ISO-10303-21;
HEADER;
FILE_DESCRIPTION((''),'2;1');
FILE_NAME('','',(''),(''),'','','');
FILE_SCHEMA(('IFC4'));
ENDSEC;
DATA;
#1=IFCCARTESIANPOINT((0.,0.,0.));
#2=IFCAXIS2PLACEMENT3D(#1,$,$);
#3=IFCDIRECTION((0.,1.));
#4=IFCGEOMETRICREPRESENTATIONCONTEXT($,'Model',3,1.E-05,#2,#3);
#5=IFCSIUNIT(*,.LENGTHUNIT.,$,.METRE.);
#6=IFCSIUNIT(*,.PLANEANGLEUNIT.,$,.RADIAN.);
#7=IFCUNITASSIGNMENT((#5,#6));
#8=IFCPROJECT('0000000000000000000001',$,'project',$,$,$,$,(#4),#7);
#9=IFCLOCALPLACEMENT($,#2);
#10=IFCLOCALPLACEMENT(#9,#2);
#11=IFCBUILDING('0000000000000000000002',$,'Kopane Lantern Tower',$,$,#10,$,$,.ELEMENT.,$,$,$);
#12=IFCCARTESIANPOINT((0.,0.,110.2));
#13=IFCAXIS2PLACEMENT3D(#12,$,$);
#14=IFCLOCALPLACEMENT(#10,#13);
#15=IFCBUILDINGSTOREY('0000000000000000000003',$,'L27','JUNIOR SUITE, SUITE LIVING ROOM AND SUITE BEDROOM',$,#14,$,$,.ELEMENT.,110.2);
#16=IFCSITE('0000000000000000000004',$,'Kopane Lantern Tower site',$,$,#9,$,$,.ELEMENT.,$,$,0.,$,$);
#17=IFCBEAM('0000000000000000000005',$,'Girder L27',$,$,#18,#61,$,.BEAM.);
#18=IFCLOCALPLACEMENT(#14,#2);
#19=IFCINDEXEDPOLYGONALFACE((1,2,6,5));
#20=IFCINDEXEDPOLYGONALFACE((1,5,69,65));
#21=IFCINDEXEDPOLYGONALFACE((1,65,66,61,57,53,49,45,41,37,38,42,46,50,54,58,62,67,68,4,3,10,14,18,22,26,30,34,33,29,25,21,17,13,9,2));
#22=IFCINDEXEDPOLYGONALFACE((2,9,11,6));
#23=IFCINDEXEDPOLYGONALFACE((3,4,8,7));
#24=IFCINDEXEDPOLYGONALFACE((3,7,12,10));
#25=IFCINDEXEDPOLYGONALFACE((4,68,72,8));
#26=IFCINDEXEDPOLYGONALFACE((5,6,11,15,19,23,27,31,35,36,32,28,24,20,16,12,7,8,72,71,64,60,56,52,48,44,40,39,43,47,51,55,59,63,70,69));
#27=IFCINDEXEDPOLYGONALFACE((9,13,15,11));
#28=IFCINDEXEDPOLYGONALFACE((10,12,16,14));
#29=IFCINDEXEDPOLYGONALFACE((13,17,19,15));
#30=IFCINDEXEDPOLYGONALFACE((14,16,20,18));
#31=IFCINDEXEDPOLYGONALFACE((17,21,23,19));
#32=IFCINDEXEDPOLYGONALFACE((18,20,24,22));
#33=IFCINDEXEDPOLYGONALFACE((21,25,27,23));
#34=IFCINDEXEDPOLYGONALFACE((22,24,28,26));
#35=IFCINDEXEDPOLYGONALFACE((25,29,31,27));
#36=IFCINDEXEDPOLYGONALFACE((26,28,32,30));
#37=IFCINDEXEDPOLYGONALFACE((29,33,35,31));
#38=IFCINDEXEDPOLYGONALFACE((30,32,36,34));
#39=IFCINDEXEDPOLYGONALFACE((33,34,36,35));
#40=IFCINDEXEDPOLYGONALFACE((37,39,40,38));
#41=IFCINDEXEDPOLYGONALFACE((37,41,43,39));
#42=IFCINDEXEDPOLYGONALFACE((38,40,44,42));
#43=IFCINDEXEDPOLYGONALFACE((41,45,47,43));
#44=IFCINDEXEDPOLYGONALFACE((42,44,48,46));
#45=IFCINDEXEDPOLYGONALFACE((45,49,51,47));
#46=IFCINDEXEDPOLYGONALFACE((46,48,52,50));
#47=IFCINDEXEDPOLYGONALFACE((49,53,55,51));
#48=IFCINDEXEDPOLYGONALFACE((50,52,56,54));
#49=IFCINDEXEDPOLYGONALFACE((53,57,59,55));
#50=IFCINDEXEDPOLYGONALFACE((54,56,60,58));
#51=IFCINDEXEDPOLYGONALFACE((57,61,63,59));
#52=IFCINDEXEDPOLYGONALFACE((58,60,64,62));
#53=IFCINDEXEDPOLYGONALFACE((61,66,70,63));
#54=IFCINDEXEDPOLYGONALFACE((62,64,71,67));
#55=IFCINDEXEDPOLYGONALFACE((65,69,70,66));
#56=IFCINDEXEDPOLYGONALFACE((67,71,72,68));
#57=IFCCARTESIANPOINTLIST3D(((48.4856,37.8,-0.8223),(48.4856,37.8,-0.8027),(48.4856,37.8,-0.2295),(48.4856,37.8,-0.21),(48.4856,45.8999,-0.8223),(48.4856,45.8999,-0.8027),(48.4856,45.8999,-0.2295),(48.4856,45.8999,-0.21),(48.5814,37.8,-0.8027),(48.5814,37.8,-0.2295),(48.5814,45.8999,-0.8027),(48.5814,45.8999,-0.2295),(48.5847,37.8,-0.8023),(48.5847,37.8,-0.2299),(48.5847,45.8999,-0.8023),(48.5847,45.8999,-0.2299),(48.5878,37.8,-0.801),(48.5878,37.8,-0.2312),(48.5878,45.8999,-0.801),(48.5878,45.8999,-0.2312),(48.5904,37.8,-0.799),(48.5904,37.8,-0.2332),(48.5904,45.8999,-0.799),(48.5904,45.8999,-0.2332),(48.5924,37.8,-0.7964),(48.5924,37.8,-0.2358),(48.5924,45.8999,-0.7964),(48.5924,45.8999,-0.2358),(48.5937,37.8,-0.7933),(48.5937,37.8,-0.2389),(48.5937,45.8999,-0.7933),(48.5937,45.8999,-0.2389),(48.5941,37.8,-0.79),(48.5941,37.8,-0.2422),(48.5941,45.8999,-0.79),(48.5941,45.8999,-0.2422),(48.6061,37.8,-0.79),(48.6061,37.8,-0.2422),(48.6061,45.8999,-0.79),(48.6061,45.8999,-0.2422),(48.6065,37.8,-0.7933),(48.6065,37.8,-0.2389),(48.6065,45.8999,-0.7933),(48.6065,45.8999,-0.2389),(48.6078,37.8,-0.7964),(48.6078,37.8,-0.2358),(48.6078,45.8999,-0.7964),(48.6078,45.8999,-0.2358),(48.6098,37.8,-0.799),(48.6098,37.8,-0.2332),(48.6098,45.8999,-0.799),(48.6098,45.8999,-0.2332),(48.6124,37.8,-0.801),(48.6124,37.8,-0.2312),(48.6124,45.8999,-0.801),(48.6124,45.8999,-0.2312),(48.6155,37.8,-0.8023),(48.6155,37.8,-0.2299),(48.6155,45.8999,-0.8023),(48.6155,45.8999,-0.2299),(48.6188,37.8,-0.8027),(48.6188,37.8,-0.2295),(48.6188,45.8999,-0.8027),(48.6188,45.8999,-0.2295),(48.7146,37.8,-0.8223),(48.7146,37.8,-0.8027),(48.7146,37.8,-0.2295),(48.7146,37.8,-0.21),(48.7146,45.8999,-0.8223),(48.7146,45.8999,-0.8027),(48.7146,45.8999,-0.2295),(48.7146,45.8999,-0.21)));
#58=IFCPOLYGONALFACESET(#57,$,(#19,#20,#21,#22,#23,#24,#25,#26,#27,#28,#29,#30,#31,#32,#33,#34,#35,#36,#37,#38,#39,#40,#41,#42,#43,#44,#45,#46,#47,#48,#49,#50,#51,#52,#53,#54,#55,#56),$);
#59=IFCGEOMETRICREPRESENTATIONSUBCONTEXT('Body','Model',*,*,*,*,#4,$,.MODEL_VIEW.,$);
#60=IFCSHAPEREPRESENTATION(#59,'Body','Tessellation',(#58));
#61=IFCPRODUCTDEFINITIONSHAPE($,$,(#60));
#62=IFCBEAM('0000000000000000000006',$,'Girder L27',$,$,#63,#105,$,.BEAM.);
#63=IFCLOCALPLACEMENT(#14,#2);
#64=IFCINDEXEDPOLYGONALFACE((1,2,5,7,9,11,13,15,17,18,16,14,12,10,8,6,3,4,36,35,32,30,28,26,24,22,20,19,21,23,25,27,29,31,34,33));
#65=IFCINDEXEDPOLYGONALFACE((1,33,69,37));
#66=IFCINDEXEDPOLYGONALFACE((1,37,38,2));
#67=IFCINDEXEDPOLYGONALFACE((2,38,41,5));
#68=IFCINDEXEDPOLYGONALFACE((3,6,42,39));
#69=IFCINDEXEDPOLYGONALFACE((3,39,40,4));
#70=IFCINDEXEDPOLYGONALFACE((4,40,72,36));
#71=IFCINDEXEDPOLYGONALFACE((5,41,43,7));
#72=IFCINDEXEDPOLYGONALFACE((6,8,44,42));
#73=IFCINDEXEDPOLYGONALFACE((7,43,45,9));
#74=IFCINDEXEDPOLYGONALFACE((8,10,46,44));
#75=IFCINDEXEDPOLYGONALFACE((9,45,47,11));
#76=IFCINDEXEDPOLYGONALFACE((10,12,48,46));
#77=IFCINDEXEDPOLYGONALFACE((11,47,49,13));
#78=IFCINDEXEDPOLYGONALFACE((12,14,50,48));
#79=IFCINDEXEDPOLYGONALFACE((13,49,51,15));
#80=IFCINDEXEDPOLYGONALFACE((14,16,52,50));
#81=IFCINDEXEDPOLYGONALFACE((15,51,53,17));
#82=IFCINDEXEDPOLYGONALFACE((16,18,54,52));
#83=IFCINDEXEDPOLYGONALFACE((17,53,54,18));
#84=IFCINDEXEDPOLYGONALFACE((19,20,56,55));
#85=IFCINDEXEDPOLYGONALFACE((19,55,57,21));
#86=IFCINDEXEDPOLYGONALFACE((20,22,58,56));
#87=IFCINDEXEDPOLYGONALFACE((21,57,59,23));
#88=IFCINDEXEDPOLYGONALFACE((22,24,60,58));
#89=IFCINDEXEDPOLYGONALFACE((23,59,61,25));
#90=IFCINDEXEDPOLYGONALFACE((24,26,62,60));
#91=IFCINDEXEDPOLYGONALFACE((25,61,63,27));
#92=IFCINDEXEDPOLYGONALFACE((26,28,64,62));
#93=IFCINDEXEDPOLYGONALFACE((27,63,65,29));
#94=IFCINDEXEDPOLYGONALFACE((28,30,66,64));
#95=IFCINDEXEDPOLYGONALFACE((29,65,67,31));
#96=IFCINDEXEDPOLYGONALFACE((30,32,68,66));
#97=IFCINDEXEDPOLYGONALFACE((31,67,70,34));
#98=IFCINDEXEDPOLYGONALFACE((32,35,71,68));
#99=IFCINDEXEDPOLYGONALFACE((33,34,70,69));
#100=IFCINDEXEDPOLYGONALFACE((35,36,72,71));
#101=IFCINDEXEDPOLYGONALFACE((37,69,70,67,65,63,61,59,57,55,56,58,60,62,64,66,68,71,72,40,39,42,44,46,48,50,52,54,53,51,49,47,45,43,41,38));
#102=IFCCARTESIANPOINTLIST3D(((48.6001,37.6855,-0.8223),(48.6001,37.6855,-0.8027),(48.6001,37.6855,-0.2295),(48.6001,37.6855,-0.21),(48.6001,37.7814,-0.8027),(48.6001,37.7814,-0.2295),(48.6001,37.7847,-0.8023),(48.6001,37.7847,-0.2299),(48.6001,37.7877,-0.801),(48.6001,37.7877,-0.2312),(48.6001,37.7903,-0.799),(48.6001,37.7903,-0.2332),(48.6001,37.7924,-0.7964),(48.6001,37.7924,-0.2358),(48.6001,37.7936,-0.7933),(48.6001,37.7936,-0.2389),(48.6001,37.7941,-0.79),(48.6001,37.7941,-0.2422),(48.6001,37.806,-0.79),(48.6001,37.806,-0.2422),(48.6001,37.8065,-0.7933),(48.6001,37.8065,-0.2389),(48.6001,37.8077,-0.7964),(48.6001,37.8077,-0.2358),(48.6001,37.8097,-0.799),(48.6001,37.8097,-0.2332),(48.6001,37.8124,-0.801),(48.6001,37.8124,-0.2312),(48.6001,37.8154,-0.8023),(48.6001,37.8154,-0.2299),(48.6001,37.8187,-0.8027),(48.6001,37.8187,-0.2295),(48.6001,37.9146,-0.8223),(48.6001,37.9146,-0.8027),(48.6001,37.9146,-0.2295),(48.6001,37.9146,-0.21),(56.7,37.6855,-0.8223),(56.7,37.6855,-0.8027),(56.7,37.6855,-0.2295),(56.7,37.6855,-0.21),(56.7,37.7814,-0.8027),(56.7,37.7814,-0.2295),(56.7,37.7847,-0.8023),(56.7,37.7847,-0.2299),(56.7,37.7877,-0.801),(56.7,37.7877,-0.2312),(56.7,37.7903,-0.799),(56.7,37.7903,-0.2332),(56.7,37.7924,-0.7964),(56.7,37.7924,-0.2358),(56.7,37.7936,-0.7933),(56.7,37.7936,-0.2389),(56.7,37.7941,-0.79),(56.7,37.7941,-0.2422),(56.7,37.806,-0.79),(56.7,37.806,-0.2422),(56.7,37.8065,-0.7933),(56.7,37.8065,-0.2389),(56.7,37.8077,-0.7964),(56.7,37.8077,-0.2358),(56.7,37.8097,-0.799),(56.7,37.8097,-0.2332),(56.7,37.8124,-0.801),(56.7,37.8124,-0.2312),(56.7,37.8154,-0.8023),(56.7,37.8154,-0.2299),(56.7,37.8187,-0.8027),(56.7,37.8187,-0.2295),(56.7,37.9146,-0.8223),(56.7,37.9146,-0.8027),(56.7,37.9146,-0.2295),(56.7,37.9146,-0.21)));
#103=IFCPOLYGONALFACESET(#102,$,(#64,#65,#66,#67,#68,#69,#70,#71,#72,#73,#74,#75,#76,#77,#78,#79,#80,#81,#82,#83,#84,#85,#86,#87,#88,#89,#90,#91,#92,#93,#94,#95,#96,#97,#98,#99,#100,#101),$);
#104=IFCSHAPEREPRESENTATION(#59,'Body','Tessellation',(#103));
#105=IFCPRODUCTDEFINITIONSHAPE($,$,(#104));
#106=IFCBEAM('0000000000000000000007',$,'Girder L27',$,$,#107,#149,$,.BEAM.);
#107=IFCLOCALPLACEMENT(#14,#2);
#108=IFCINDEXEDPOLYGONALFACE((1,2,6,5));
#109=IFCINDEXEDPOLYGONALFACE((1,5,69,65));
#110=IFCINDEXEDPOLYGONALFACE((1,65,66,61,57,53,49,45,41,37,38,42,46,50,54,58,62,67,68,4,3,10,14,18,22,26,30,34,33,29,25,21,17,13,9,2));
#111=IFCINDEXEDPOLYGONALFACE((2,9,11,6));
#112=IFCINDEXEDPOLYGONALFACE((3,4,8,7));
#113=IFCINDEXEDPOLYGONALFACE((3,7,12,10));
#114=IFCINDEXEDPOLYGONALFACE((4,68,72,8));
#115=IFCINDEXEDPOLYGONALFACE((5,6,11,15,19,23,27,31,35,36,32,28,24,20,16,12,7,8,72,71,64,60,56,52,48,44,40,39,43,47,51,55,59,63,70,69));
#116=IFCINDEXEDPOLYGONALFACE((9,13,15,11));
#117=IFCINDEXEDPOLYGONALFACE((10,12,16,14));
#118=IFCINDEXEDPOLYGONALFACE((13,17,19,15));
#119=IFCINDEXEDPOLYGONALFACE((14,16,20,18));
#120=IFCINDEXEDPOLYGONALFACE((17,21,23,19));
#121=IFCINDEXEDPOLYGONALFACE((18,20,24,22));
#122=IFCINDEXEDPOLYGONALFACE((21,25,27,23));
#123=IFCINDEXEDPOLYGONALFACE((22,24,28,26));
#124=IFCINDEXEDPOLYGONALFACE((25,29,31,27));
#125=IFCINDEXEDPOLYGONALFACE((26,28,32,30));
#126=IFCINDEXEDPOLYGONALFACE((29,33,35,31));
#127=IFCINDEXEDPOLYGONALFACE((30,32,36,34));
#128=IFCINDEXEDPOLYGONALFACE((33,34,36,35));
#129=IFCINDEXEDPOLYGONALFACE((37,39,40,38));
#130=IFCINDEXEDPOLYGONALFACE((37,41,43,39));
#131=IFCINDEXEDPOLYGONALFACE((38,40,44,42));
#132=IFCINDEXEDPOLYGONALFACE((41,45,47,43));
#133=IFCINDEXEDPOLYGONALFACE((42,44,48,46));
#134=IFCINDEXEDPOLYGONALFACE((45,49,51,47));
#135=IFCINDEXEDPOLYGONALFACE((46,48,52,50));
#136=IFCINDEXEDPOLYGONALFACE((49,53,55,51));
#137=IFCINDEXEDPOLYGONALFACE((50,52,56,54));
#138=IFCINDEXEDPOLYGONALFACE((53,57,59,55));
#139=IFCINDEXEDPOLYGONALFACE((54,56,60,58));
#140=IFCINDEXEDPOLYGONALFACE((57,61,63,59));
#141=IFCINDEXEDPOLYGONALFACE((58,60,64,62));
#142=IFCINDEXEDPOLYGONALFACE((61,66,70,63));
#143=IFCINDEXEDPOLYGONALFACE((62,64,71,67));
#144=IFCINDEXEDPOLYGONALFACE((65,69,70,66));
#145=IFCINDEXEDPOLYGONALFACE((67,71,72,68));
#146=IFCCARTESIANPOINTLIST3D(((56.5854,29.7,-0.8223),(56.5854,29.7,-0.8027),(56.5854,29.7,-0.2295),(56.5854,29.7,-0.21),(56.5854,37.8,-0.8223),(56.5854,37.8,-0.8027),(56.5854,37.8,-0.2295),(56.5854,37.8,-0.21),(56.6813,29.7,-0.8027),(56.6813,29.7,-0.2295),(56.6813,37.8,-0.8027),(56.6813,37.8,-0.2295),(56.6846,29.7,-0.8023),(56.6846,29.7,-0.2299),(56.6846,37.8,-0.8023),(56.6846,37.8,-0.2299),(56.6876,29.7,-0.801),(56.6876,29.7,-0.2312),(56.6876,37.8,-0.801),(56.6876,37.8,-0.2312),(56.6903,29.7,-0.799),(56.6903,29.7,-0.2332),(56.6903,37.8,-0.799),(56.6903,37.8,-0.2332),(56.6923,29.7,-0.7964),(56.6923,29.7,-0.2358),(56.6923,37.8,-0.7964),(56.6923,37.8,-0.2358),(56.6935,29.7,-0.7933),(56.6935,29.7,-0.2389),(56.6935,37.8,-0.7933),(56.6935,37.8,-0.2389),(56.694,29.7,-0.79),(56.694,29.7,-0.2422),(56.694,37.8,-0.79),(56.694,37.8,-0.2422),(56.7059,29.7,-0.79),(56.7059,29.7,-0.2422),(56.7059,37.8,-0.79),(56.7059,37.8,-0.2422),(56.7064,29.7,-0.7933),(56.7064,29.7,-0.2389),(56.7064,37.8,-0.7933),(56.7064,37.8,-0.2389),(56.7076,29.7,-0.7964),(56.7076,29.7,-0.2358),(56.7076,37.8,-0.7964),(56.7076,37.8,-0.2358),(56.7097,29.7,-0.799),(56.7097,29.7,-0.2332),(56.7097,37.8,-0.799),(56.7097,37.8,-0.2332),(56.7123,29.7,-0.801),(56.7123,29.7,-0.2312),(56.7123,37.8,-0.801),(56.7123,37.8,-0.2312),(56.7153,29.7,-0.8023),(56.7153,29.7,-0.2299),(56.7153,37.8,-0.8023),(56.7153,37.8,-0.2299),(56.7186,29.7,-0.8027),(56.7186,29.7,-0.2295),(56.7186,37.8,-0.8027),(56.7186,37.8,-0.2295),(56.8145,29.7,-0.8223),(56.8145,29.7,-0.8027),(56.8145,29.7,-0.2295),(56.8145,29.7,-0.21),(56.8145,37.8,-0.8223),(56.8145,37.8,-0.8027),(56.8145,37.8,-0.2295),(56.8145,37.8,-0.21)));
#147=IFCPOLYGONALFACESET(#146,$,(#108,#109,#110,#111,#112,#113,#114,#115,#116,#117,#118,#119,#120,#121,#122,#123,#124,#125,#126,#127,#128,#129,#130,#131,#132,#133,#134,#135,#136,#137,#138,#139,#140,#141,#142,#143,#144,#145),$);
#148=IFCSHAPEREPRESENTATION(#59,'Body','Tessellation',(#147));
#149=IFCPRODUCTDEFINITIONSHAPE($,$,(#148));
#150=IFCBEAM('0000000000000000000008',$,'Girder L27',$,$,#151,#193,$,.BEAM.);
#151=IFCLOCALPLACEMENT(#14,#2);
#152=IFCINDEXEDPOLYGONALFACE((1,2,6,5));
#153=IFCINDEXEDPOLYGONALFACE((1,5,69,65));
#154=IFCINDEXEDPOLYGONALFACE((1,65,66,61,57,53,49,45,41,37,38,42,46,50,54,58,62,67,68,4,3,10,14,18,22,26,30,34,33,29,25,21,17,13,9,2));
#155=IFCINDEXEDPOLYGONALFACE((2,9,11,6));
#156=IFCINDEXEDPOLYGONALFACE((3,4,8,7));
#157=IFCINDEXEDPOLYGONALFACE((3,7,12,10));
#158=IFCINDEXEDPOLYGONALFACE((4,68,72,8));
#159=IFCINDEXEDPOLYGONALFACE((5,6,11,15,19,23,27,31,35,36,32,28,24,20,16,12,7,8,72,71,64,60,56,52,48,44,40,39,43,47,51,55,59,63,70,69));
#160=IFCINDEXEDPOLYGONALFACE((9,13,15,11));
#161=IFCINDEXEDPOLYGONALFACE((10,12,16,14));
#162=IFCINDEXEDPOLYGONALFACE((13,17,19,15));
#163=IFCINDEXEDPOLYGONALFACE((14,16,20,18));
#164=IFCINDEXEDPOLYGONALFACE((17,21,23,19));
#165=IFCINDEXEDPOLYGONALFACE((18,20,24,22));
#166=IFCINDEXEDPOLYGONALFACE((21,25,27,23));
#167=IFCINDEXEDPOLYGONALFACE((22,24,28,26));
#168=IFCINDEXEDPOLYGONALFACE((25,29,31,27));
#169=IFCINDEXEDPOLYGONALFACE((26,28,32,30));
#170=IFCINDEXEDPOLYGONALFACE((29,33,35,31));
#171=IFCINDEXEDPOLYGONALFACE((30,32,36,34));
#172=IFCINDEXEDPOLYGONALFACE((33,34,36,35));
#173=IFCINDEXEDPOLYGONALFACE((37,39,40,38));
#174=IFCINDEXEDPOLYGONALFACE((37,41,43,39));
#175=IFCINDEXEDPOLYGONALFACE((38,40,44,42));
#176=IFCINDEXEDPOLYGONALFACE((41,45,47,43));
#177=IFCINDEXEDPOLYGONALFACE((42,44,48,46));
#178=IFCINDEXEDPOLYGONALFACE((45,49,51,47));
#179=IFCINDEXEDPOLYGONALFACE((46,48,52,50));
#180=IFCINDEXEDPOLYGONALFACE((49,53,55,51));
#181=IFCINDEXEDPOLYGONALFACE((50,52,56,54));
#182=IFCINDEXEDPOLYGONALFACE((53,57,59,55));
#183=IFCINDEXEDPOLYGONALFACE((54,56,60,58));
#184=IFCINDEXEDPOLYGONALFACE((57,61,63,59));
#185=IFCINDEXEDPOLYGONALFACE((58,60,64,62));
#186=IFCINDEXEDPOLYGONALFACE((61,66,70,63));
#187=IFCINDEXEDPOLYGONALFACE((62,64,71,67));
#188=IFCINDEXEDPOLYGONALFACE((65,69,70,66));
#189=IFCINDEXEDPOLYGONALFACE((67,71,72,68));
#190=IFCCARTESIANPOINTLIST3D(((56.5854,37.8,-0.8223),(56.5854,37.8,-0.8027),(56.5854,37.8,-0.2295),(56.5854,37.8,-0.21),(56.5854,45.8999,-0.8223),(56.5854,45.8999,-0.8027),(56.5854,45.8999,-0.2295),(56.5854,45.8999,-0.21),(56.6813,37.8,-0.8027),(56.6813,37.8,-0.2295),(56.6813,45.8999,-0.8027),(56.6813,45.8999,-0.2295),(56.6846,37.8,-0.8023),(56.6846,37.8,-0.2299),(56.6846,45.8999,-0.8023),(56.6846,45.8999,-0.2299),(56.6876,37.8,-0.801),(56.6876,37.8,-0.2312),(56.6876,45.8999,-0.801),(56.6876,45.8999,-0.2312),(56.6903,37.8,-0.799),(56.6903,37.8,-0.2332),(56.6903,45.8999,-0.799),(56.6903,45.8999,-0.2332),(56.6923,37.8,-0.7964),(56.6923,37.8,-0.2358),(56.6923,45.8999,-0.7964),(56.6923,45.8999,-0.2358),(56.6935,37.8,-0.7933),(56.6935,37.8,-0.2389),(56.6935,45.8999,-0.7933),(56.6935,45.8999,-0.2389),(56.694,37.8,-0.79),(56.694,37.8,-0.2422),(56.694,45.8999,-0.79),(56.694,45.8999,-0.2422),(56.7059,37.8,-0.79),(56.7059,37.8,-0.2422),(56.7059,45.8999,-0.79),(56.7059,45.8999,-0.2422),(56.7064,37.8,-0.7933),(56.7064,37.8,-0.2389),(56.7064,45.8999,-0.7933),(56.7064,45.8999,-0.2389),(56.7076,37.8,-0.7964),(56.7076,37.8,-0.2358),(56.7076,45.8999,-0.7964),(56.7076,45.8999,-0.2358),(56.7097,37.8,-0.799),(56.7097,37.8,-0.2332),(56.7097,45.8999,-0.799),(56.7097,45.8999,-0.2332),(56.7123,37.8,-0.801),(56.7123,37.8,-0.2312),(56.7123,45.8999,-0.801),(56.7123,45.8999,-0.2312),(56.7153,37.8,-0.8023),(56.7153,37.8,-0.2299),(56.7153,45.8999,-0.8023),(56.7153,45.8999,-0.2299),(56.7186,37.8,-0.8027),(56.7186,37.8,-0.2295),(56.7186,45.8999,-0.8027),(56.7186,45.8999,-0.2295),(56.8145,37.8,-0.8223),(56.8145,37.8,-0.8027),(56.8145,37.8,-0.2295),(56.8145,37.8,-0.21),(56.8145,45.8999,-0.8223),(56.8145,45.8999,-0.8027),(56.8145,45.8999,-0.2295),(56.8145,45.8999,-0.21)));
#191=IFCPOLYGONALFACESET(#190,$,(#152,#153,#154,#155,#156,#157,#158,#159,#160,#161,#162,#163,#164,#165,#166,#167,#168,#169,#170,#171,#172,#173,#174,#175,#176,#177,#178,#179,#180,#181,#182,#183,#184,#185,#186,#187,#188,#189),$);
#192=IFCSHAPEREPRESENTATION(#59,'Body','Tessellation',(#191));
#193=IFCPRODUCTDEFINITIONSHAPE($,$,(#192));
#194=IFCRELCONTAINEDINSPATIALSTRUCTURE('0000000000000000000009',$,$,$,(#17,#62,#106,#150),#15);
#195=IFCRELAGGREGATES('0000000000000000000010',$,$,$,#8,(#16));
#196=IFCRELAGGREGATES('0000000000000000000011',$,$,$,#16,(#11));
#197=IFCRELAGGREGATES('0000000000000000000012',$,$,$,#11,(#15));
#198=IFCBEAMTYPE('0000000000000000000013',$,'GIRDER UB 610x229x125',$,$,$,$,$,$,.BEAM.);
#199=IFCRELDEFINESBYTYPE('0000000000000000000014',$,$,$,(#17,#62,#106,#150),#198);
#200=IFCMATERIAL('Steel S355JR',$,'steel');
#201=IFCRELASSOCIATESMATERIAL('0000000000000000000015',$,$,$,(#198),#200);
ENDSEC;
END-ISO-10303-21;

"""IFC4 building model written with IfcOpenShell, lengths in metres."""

from ifc_helpers import new_model, si_unit, direction, frame, origin, origin_2d, place, context, subcontext, project, spatial, i_section, extrude, material, material_profile, profile_set, type_object, element, save


model = new_model("IFC4")

# Units and contexts
model_context = context("Model", 3, precision=1e-05, world=origin(), true_north=direction((0.0, 1.0)))
body_context = subcontext(model_context, "Body", "Model", "MODEL_VIEW")
ifc_project = project(units=[si_unit("LENGTHUNIT", "METRE"), si_unit("PLANEANGLEUNIT", "RADIAN")], contexts=[model_context])

# Site, building, storey
site_placement = place(None, origin())
site = spatial("IfcSite", under=ifc_project, at=site_placement, Name="Kopane Lantern Tower site", CompositionType="ELEMENT", RefElevation=0.0)
building_placement = place(site_placement, origin())
building = spatial("IfcBuilding", under=site, at=building_placement, Name="Kopane Lantern Tower", CompositionType="ELEMENT")
storey_placement = place(building_placement, frame((0.0, 0.0, 110.2)))
storey = spatial("IfcBuildingStorey", under=building, at=storey_placement, Name="L27", Description="JUNIOR SUITE, SUITE LIVING ROOM AND SUITE BEDROOM", CompositionType="ELEMENT", Elevation=110.2)

# Beams
ifc_material_1 = material(Name="Steel S355JR", Category="steel")
ifc_material_profile_1 = material_profile(ifc_material_1, i_section(OverallWidth=0.229, OverallDepth=0.6123, WebThickness=0.012, FlangeThickness=0.0195, FilletRadius=0.0127, at=origin_2d()), Name="UB 610x229x125")
ifc_profile_set_1 = profile_set([ifc_material_profile_1], Name="Steel S355JR")
beam_type = type_object("IfcBeamType", Name="GIRDER UB 610x229x125", PredefinedType="BEAM", material=ifc_profile_set_1)
for number, where, z_axis, x_axis, name in (
    (1, (48.6001, 37.8, -0.5161), (0.0, 1.0, 0.0), (-1.0, 0.0, 0.0), "Girder L27"),
    (2, (48.6001, 37.8, -0.5161), (1.0, 0.0, 0.0), (0.0, 1.0, 0.0), "Girder L27"),
):
    element("IfcBeam", number, at=place(storey_placement, frame(where, z_axis=z_axis, x_axis=x_axis)), inside=storey, type_object=beam_type, Name=name, PredefinedType="BEAM", context=body_context, shape_type="SweptSolid", body=[
        extrude(i_section(OverallWidth=0.229, OverallDepth=0.6123, WebThickness=0.012, FlangeThickness=0.0195, FilletRadius=0.0127, at=origin_2d()), origin(), (0.0, 0.0, 1.0), 8.0999),
    ])
beam_1_placement = place(storey_placement, frame((56.7, 29.7, -0.5161), z_axis=(0.0, 1.0, 0.0), x_axis=(-1.0, 0.0, 0.0)))
element("IfcBeam", 3, at=beam_1_placement, inside=storey, type_object=beam_type, Name="Girder L27", PredefinedType="BEAM", context=body_context, shape_type="SweptSolid", body=[
    extrude(i_section(OverallWidth=0.229, OverallDepth=0.6123, WebThickness=0.012, FlangeThickness=0.0195, FilletRadius=0.0127, at=origin_2d()), origin(), (0.0, 0.0, 1.0), 8.1001),
])
beam_2_placement = place(storey_placement, frame((56.7, 37.8, -0.5161), z_axis=(0.0, 1.0, 0.0), x_axis=(-1.0, 0.0, 0.0)))
element("IfcBeam", 4, at=beam_2_placement, inside=storey, type_object=beam_type, Name="Girder L27", PredefinedType="BEAM", context=body_context, shape_type="SweptSolid", body=[
    extrude(i_section(OverallWidth=0.229, OverallDepth=0.6123, WebThickness=0.012, FlangeThickness=0.0195, FilletRadius=0.0127, at=origin_2d()), origin(), (0.0, 0.0, 1.0), 8.0999),
])

save(model, "model.ifc")
